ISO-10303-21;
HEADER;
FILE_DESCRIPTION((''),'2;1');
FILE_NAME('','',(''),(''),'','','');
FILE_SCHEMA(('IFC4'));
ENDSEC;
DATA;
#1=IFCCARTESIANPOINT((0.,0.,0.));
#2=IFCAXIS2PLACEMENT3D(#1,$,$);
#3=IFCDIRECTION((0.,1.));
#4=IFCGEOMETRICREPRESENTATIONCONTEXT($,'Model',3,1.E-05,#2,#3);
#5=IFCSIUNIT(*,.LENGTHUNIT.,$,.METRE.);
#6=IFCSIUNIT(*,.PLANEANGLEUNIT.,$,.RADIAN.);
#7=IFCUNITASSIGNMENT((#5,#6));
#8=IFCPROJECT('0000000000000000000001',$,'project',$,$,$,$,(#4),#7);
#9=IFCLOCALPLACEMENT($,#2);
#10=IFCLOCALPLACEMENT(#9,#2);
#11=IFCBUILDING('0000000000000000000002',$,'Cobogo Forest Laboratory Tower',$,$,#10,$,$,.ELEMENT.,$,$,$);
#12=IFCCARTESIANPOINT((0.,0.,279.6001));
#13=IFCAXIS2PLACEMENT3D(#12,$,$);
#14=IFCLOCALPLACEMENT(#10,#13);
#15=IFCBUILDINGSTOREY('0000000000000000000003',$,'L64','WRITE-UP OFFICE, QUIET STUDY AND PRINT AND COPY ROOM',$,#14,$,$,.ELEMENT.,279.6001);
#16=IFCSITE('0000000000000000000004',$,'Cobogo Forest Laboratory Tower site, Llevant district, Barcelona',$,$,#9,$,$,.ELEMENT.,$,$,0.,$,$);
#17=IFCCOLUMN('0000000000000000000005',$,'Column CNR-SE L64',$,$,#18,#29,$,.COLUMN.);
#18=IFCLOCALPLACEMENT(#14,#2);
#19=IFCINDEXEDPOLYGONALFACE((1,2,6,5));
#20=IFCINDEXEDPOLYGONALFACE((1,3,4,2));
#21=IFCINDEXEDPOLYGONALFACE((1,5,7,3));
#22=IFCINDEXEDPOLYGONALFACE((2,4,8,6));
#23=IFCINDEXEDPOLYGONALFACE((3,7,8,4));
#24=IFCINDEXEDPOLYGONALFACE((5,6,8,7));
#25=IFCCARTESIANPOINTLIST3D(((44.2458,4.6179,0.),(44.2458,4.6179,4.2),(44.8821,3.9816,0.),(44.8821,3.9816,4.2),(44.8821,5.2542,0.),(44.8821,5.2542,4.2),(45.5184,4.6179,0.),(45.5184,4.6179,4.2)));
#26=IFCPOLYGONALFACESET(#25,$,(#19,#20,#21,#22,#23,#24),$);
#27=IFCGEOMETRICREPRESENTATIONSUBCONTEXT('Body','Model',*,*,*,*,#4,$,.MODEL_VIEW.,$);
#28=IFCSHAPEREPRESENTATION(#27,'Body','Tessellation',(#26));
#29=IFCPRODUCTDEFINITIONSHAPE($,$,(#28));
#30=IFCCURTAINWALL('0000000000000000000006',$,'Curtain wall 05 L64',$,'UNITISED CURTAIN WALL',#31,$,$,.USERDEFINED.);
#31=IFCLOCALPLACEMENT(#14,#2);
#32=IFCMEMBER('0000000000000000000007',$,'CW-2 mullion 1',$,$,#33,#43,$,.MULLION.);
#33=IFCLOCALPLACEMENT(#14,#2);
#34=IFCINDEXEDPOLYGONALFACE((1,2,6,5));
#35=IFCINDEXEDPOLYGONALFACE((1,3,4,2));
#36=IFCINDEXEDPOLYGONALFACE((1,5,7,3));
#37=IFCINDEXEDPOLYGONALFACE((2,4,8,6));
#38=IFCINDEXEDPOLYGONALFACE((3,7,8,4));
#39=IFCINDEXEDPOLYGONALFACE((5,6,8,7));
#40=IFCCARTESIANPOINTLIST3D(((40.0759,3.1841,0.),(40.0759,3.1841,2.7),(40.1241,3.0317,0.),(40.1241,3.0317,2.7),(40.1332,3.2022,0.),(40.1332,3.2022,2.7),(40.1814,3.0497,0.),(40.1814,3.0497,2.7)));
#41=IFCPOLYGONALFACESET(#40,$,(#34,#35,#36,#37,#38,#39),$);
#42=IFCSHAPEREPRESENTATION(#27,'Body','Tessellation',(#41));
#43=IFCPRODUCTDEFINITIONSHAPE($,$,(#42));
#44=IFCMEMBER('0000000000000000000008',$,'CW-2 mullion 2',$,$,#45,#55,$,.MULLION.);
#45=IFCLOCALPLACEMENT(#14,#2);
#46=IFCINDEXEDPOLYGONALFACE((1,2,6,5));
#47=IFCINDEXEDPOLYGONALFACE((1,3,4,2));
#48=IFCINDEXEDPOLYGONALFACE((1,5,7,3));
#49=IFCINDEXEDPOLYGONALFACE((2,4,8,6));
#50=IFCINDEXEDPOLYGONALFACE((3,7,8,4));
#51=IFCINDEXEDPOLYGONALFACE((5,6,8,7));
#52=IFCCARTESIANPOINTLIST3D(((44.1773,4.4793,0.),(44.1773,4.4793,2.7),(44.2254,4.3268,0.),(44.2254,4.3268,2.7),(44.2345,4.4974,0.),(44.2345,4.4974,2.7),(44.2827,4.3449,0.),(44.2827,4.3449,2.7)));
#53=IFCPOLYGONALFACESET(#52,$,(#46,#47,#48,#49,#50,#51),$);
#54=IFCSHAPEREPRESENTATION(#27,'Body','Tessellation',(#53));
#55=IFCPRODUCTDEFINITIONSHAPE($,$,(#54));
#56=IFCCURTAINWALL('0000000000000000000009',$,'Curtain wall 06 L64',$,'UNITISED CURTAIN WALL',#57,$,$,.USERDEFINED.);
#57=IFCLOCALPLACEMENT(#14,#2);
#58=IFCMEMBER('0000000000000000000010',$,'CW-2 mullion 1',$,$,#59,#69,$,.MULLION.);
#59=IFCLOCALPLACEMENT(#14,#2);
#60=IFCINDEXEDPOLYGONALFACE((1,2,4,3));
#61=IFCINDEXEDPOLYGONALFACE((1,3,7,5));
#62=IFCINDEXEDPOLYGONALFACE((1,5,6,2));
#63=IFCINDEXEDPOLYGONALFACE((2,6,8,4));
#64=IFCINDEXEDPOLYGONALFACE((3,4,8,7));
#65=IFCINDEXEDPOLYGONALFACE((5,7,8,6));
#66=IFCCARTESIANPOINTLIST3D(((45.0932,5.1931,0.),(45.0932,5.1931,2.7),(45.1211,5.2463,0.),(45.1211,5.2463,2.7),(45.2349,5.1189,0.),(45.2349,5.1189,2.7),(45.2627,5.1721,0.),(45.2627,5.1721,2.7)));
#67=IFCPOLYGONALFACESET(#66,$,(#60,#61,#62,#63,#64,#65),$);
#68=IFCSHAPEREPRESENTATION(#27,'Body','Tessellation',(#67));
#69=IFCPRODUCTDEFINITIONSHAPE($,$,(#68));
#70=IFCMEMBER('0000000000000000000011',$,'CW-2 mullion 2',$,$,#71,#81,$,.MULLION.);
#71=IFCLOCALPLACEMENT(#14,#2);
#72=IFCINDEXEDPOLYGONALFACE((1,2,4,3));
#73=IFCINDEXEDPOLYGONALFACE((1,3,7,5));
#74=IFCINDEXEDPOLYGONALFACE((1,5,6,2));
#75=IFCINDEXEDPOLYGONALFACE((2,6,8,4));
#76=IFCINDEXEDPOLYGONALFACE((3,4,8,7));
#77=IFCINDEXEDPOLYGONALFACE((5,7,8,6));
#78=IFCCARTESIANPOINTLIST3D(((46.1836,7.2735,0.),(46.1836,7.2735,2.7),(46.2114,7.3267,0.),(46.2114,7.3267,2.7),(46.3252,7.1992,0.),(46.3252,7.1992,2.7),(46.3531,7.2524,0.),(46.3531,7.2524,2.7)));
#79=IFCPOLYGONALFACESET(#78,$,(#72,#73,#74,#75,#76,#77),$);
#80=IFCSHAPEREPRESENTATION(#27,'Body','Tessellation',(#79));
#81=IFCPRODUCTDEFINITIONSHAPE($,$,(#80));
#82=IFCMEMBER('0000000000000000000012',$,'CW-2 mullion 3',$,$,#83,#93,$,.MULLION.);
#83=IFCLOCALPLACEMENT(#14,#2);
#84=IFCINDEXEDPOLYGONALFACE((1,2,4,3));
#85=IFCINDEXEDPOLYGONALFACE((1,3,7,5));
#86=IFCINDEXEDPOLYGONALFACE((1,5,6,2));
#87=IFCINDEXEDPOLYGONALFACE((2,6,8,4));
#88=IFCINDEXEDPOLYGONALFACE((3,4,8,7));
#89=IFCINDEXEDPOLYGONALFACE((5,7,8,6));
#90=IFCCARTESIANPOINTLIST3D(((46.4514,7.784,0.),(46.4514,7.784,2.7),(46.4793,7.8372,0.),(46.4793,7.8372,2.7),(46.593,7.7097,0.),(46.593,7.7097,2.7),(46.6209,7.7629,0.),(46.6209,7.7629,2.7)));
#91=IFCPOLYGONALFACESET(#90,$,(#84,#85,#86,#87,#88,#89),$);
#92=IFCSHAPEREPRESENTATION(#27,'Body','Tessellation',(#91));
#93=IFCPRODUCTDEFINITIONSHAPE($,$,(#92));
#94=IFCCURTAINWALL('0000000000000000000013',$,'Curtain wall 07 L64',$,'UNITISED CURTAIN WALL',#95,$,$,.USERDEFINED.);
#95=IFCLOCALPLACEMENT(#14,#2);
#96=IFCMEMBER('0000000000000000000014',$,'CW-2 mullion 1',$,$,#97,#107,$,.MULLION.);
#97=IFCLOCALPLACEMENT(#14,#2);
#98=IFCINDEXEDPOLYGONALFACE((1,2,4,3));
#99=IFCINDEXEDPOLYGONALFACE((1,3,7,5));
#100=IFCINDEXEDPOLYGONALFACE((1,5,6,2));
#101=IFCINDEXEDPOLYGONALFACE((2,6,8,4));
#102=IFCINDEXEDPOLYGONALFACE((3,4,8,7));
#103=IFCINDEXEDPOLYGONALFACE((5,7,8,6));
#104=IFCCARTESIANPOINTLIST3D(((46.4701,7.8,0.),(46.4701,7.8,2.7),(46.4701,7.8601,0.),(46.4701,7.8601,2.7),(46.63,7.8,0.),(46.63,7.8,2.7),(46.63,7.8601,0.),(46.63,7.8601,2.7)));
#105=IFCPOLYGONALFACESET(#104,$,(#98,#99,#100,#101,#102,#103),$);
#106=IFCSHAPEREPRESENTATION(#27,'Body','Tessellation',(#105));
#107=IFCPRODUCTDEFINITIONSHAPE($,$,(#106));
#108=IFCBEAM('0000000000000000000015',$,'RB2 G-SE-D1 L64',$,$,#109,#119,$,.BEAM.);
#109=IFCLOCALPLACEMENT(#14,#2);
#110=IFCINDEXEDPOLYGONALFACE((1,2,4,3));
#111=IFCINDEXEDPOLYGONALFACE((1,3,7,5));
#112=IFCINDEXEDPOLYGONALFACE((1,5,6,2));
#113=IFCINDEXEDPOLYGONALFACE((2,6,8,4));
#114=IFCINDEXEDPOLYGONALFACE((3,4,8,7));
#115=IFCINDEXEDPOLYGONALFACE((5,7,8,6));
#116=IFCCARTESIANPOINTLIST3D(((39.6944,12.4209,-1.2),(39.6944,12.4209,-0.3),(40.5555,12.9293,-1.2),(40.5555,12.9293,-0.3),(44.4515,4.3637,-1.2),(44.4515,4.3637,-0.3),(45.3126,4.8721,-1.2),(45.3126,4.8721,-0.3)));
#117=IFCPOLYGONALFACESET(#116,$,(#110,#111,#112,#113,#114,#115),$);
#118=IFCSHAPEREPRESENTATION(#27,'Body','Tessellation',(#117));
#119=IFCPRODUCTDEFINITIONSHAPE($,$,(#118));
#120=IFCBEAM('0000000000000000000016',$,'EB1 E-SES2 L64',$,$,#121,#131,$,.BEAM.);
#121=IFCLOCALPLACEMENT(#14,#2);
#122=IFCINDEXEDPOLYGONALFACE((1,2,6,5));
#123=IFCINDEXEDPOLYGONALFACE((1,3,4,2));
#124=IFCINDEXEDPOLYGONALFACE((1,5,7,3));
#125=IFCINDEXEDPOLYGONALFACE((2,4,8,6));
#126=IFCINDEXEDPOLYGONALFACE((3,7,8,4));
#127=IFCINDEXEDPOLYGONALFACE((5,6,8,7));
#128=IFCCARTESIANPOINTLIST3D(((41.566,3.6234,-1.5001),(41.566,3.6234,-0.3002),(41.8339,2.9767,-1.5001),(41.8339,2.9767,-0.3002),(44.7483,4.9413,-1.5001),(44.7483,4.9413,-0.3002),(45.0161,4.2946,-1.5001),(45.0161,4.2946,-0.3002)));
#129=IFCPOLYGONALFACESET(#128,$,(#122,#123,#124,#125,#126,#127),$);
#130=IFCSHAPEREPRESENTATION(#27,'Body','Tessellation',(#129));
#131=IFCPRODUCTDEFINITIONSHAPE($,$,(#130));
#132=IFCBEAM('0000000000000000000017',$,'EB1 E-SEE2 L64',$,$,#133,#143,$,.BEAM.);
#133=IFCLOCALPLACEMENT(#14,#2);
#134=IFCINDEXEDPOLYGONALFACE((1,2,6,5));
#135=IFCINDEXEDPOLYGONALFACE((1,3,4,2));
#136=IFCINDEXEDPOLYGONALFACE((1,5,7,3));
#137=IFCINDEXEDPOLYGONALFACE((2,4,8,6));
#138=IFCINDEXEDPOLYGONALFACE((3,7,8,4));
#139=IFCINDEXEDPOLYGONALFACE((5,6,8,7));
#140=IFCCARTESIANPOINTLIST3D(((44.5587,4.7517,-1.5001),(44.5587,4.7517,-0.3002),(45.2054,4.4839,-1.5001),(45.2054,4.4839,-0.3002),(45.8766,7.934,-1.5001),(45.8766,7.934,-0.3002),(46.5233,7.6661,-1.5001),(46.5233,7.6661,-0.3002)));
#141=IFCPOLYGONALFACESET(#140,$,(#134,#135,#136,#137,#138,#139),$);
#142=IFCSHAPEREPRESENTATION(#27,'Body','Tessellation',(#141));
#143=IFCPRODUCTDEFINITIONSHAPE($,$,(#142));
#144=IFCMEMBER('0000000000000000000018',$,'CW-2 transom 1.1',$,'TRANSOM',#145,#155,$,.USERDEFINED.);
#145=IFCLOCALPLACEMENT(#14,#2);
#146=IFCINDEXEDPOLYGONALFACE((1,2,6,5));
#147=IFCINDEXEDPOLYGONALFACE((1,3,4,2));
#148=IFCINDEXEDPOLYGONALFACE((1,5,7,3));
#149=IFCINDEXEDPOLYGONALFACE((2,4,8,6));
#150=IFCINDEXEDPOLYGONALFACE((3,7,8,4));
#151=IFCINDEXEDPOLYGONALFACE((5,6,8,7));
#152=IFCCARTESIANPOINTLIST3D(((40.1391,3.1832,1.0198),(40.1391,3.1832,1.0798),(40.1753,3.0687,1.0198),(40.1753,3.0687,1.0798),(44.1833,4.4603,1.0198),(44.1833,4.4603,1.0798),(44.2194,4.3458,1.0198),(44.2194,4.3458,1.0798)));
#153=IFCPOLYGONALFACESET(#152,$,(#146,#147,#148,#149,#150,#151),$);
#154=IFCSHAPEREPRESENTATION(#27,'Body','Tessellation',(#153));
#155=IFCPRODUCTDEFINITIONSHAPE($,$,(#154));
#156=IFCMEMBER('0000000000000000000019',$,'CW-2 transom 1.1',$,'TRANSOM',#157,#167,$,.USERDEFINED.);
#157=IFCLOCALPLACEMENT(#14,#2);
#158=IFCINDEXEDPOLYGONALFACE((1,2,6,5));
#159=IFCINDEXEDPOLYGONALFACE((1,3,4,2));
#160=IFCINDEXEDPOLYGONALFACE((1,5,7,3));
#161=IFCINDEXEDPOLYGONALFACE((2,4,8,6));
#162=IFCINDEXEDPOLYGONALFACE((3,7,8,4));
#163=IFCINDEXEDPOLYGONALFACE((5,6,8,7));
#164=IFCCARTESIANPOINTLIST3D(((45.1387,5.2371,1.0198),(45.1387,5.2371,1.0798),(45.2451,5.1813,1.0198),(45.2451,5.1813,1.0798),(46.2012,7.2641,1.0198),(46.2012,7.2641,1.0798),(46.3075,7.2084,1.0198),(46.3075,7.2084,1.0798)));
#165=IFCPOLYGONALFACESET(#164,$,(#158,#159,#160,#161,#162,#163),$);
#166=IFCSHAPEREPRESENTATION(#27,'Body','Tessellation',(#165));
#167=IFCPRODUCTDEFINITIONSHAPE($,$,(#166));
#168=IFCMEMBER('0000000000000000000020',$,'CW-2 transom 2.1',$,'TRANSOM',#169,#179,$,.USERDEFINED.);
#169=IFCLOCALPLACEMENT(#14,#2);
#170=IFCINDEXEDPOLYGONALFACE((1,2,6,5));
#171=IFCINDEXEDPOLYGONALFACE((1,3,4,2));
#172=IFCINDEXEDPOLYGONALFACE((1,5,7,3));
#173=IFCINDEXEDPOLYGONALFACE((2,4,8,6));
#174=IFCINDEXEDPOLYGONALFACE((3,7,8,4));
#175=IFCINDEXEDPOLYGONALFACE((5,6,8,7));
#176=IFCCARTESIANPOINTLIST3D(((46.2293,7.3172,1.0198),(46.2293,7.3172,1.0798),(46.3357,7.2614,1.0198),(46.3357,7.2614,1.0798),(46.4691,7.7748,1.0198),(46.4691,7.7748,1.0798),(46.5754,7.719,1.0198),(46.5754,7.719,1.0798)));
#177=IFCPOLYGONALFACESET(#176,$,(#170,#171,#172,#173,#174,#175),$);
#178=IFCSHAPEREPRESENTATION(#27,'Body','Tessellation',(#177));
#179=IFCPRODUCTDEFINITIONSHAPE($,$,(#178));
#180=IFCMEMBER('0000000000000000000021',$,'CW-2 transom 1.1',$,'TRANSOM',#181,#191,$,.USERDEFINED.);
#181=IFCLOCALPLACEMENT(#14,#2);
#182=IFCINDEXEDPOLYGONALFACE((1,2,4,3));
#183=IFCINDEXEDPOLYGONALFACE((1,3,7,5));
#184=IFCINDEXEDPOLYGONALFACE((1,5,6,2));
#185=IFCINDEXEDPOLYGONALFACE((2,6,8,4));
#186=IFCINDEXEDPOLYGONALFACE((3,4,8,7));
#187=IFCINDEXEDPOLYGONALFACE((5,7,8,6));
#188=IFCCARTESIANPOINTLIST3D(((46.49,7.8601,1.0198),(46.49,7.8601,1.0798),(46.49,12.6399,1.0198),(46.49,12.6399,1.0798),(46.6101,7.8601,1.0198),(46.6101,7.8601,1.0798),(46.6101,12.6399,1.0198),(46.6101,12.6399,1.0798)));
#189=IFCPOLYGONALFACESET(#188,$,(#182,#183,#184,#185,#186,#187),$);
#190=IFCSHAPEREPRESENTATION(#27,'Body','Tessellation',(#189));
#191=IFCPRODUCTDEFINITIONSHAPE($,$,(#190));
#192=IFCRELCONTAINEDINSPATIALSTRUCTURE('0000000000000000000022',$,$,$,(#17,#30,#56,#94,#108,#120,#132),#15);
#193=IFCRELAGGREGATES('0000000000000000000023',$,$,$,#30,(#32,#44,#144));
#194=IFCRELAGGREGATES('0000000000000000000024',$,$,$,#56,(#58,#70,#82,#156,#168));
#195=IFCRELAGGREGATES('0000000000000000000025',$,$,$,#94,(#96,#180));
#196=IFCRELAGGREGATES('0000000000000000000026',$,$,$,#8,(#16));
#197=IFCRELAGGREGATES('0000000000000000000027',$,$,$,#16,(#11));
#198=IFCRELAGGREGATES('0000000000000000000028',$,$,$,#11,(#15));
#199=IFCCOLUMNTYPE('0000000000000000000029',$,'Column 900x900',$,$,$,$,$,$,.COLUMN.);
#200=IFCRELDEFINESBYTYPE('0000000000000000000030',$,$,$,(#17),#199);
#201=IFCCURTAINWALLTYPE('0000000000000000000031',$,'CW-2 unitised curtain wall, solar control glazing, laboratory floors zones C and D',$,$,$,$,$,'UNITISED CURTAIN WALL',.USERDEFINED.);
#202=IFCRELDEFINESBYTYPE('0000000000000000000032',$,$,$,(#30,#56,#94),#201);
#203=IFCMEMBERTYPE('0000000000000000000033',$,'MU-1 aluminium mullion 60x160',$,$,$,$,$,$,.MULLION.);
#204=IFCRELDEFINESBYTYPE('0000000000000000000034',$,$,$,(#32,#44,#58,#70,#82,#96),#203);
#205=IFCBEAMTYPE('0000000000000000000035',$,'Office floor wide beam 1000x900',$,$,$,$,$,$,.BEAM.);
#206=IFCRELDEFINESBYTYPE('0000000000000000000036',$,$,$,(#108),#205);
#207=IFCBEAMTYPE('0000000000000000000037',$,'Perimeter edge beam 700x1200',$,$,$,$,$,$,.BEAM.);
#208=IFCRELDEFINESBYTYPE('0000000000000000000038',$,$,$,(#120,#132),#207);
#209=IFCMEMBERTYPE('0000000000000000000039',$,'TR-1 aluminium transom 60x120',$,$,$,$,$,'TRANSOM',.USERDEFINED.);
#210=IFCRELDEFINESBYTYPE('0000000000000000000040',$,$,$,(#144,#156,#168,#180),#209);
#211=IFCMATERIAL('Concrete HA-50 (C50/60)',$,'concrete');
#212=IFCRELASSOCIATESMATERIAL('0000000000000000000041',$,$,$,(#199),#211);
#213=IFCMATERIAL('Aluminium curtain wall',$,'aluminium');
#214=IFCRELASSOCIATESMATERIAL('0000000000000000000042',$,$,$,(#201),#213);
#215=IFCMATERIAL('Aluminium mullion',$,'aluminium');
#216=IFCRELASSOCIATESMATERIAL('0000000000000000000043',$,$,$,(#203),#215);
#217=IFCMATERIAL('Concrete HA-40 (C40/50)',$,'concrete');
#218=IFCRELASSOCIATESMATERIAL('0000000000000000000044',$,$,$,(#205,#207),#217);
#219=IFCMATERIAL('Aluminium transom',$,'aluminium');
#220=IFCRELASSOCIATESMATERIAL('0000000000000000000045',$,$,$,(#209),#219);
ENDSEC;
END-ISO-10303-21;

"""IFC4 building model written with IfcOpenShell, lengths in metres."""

from ifc_helpers import new_model, si_unit, direction, frame, origin, origin_2d, place, context, subcontext, project, spatial, rectangle, extrude, material, material_profile, profile_set, type_object, element, aggregate, save


model = new_model("IFC4")

# Units and contexts
model_context = context("Model", 3, precision=1e-05, world=origin(), true_north=direction((0.0, 1.0)))
body_context = subcontext(model_context, "Body", "Model", "MODEL_VIEW")
ifc_project = project(units=[si_unit("LENGTHUNIT", "METRE"), si_unit("PLANEANGLEUNIT", "RADIAN")], contexts=[model_context])

# Site, building, storey
site_placement = place(None, origin())
site = spatial("IfcSite", under=ifc_project, at=site_placement, Name="Cobogo Forest Laboratory Tower site, Llevant district, Barcelona", CompositionType="ELEMENT", RefElevation=0.0)
building_placement = place(site_placement, origin())
building = spatial("IfcBuilding", under=site, at=building_placement, Name="Cobogo Forest Laboratory Tower", CompositionType="ELEMENT")
storey_placement = place(building_placement, frame((0.0, 0.0, 279.6001)))
storey = spatial("IfcBuildingStorey", under=building, at=storey_placement, Name="L64", Description="WRITE-UP OFFICE, QUIET STUDY AND PRINT AND COPY ROOM", CompositionType="ELEMENT", Elevation=279.6001)

# Column
ifc_material_1 = material(Name="Concrete HA-50 (C50/60)", Category="concrete")
ifc_material_profile_1 = material_profile(ifc_material_1, rectangle(XDim=0.8999, YDim=0.8999, at=origin_2d()), Name="RC 900x900")
ifc_profile_set_1 = profile_set([ifc_material_profile_1], Name="Concrete HA-50 (C50/60)")
column_type = type_object("IfcColumnType", Name="Column 900x900", PredefinedType="COLUMN", material=ifc_profile_set_1)
column_placement = place(storey_placement, frame((44.8821, 4.6179, 0.0), z_axis=(0.0, 0.0, 1.0), x_axis=(0.707107, 0.707107, 0.0)))
element("IfcColumn", 1, at=column_placement, inside=storey, type_object=column_type, Name="Column CNR-SE L64", PredefinedType="COLUMN", context=body_context, shape_type="SweptSolid", body=[
    extrude(rectangle(XDim=0.8999, YDim=0.8999, at=origin_2d()), origin(), (0.0, 0.0, 1.0), 4.2),
])

# Curtain walls, members
ifc_material_2 = material(Name="Aluminium curtain wall", Category="aluminium")
curtain_wall_type = type_object("IfcCurtainWallType", Name="CW-2 unitised curtain wall, solar control glazing, laboratory floors zones C and D", ElementType="UNITISED CURTAIN WALL", PredefinedType="USERDEFINED", material=ifc_material_2)
curtain_wall_1_placement = place(storey_placement, origin())
curtain_wall_1 = element("IfcCurtainWall", 2, at=curtain_wall_1_placement, inside=storey, type_object=curtain_wall_type, Name="Curtain wall 05 L64", ObjectType="UNITISED CURTAIN WALL", PredefinedType="USERDEFINED")
ifc_material_3 = material(Name="Aluminium mullion", Category="aluminium")
ifc_material_profile_2 = material_profile(ifc_material_3, rectangle(XDim=0.0601, YDim=0.1599, at=origin_2d()), Name="AL 60x160")
ifc_profile_set_2 = profile_set([ifc_material_profile_2], Name="Aluminium mullion")
member_type_1 = type_object("IfcMemberType", Name="MU-1 aluminium mullion 60x160", PredefinedType="MULLION", material=ifc_profile_set_2)
member_1_placement = place(storey_placement, frame((40.1287, 3.1169, 0.0), z_axis=(0.0, 0.0, 1.0), x_axis=(0.953581, 0.301135, 0.0)))
member_1 = element("IfcMember", 3, at=member_1_placement, type_object=member_type_1, Name="CW-2 mullion 1", PredefinedType="MULLION", context=body_context, shape_type="SweptSolid", body=[
    extrude(rectangle(XDim=0.0601, YDim=0.1599, at=origin_2d()), origin(), (0.0, 0.0, 1.0), 2.7),
])
member_2_placement = place(storey_placement, frame((44.23, 4.4121, 0.0), z_axis=(0.0, 0.0, 1.0), x_axis=(0.953581, 0.301135, 0.0)))
member_2 = element("IfcMember", 4, at=member_2_placement, type_object=member_type_1, Name="CW-2 mullion 2", PredefinedType="MULLION", context=body_context, shape_type="SweptSolid", body=[
    extrude(rectangle(XDim=0.0601, YDim=0.1599, at=origin_2d()), origin(), (0.0, 0.0, 1.0), 2.7),
])
curtain_wall_2_placement = place(storey_placement, origin())
curtain_wall_2 = element("IfcCurtainWall", 5, at=curtain_wall_2_placement, inside=storey, type_object=curtain_wall_type, Name="Curtain wall 06 L64", ObjectType="UNITISED CURTAIN WALL", PredefinedType="USERDEFINED")
member_3_placement = place(storey_placement, frame((45.178, 5.1826, 0.0), z_axis=(0.0, 0.0, 1.0), x_axis=(0.464284, 0.885686, 0.0)))
member_3 = element("IfcMember", 6, at=member_3_placement, type_object=member_type_1, Name="CW-2 mullion 1", PredefinedType="MULLION", context=body_context, shape_type="SweptSolid", body=[
    extrude(rectangle(XDim=0.0601, YDim=0.1599, at=origin_2d()), origin(), (0.0, 0.0, 1.0), 2.7),
])
member_4_placement = place(storey_placement, frame((46.2683, 7.2629, 0.0), z_axis=(0.0, 0.0, 1.0), x_axis=(0.464284, 0.885686, 0.0)))
member_4 = element("IfcMember", 7, at=member_4_placement, type_object=member_type_1, Name="CW-2 mullion 2", PredefinedType="MULLION", context=body_context, shape_type="SweptSolid", body=[
    extrude(rectangle(XDim=0.0601, YDim=0.1599, at=origin_2d()), origin(), (0.0, 0.0, 1.0), 2.7),
])
member_5_placement = place(storey_placement, frame((46.5361, 7.7734, 0.0), z_axis=(0.0, 0.0, 1.0), x_axis=(0.464284, 0.885686, 0.0)))
member_5 = element("IfcMember", 8, at=member_5_placement, type_object=member_type_1, Name="CW-2 mullion 3", PredefinedType="MULLION", context=body_context, shape_type="SweptSolid", body=[
    extrude(rectangle(XDim=0.0601, YDim=0.1599, at=origin_2d()), origin(), (0.0, 0.0, 1.0), 2.7),
])

# Curtain wall, member
curtain_wall_3_placement = place(storey_placement, origin())
curtain_wall_3 = element("IfcCurtainWall", 9, at=curtain_wall_3_placement, inside=storey, type_object=curtain_wall_type, Name="Curtain wall 07 L64", ObjectType="UNITISED CURTAIN WALL", PredefinedType="USERDEFINED")
member_6_placement = place(storey_placement, frame((46.55, 7.8301, 0.0), z_axis=(0.0, 0.0, 1.0), x_axis=(0.0, 1.0, 0.0)))
member_6 = element("IfcMember", 10, at=member_6_placement, type_object=member_type_1, Name="CW-2 mullion 1", PredefinedType="MULLION", context=body_context, shape_type="SweptSolid", body=[
    extrude(rectangle(XDim=0.0601, YDim=0.1599, at=origin_2d()), origin(), (0.0, 0.0, 1.0), 2.7),
])

# Beams
ifc_material_4 = material(Name="Concrete HA-40 (C40/50)", Category="concrete")
ifc_material_profile_3 = material_profile(ifc_material_4, rectangle(XDim=1.0, YDim=0.8999, at=origin_2d()), Name="RC 1000x900")
ifc_profile_set_3 = profile_set([ifc_material_profile_3], Name="Concrete HA-40 (C40/50)")
beam_type_1 = type_object("IfcBeamType", Name="Office floor wide beam 1000x900", PredefinedType="BEAM", material=ifc_profile_set_3)
beam_placement = place(storey_placement, frame((44.8821, 4.6179, -0.75), z_axis=(-0.508416, 0.861111, 0.0), x_axis=(-0.861111, -0.508416, 0.0)))
element("IfcBeam", 11, at=beam_placement, inside=storey, type_object=beam_type_1, Name="RB2 G-SE-D1 L64", PredefinedType="BEAM", context=body_context, shape_type="SweptSolid", body=[
    extrude(rectangle(XDim=1.0, YDim=0.8999, at=origin_2d()), origin(), (0.0, 0.0, 1.0), 9.3567),
])
ifc_material_profile_4 = material_profile(ifc_material_4, rectangle(XDim=0.7, YDim=1.2, at=origin_2d()), Name="RC 700x1200")
ifc_profile_set_4 = profile_set([ifc_material_profile_4], Name="Concrete HA-40 (C40/50)")
beam_type_2 = type_object("IfcBeamType", Name="Perimeter edge beam 700x1200", PredefinedType="BEAM", material=ifc_profile_set_4)
for number, where, z_axis, x_axis, name in (
    (12, (41.7, 3.3, -0.9001), (0.923901, 0.382631, 0.0), (-0.382631, 0.923901, 0.0), "EB1 E-SES2 L64"),
    (13, (46.2, 7.8, -0.9001), (-0.382631, -0.923901, 0.0), (0.923901, -0.382631, 0.0), "EB1 E-SEE2 L64"),
):
    element("IfcBeam", number, at=place(storey_placement, frame(where, z_axis=z_axis, x_axis=x_axis)), inside=storey, type_object=beam_type_2, Name=name, PredefinedType="BEAM", context=body_context, shape_type="SweptSolid", body=[
        extrude(rectangle(XDim=0.7, YDim=1.2, at=origin_2d()), origin(), (0.0, 0.0, 1.0), 3.4443),
    ])

# Members
ifc_material_5 = material(Name="Aluminium transom", Category="aluminium")
ifc_material_profile_5 = material_profile(ifc_material_5, rectangle(XDim=0.1201, YDim=0.0601, at=origin_2d()), Name="AL 60x120")
ifc_profile_set_5 = profile_set([ifc_material_profile_5], Name="Aluminium transom")
member_type_2 = type_object("IfcMemberType", Name="TR-1 aluminium transom 60x120", ElementType="TRANSOM", PredefinedType="USERDEFINED", material=ifc_profile_set_5)
member_7_placement = place(storey_placement, frame((40.1572, 3.126, 1.0498), z_axis=(0.953584, 0.301129, 0.0), x_axis=(-0.301129, 0.953584, 0.0)))
member_7 = element("IfcMember", 14, at=member_7_placement, type_object=member_type_2, Name="CW-2 transom 1.1", ObjectType="TRANSOM", PredefinedType="USERDEFINED", context=body_context, shape_type="SweptSolid", body=[
    extrude(rectangle(XDim=0.1201, YDim=0.0601, at=origin_2d()), origin(), (0.0, 0.0, 1.0), 4.241),
])
member_8_placement = place(storey_placement, frame((45.1919, 5.2092, 1.0498), z_axis=(0.464242, 0.885708, 0.0), x_axis=(-0.885708, 0.464242, 0.0)))
member_8 = element("IfcMember", 15, at=member_8_placement, type_object=member_type_2, Name="CW-2 transom 1.1", ObjectType="TRANSOM", PredefinedType="USERDEFINED", context=body_context, shape_type="SweptSolid", body=[
    extrude(rectangle(XDim=0.1201, YDim=0.0601, at=origin_2d()), origin(), (0.0, 0.0, 1.0), 2.2886),
])
member_9_placement = place(storey_placement, frame((46.2825, 7.2893, 1.0498), z_axis=(0.464148, 0.885758, 0.0), x_axis=(-0.885758, 0.464148, 0.0)))
member_9 = element("IfcMember", 16, at=member_9_placement, type_object=member_type_2, Name="CW-2 transom 2.1", ObjectType="TRANSOM", PredefinedType="USERDEFINED", context=body_context, shape_type="SweptSolid", body=[
    extrude(rectangle(XDim=0.1201, YDim=0.0601, at=origin_2d()), origin(), (0.0, 0.0, 1.0), 0.5166),
])
member_10_placement = place(storey_placement, frame((46.55, 7.8601, 1.0498), z_axis=(0.0, 1.0, 0.0), x_axis=(-1.0, 0.0, 0.0)))
member_10 = element("IfcMember", 17, at=member_10_placement, type_object=member_type_2, Name="CW-2 transom 1.1", ObjectType="TRANSOM", PredefinedType="USERDEFINED", context=body_context, shape_type="SweptSolid", body=[
    extrude(rectangle(XDim=0.1201, YDim=0.0601, at=origin_2d()), origin(), (0.0, 0.0, 1.0), 4.7798),
])

aggregate(curtain_wall_1, [member_1, member_2, member_7])
aggregate(curtain_wall_2, [member_3, member_4, member_5, member_8, member_9])
aggregate(curtain_wall_3, [member_6, member_10])

save(model, "model.ifc")
